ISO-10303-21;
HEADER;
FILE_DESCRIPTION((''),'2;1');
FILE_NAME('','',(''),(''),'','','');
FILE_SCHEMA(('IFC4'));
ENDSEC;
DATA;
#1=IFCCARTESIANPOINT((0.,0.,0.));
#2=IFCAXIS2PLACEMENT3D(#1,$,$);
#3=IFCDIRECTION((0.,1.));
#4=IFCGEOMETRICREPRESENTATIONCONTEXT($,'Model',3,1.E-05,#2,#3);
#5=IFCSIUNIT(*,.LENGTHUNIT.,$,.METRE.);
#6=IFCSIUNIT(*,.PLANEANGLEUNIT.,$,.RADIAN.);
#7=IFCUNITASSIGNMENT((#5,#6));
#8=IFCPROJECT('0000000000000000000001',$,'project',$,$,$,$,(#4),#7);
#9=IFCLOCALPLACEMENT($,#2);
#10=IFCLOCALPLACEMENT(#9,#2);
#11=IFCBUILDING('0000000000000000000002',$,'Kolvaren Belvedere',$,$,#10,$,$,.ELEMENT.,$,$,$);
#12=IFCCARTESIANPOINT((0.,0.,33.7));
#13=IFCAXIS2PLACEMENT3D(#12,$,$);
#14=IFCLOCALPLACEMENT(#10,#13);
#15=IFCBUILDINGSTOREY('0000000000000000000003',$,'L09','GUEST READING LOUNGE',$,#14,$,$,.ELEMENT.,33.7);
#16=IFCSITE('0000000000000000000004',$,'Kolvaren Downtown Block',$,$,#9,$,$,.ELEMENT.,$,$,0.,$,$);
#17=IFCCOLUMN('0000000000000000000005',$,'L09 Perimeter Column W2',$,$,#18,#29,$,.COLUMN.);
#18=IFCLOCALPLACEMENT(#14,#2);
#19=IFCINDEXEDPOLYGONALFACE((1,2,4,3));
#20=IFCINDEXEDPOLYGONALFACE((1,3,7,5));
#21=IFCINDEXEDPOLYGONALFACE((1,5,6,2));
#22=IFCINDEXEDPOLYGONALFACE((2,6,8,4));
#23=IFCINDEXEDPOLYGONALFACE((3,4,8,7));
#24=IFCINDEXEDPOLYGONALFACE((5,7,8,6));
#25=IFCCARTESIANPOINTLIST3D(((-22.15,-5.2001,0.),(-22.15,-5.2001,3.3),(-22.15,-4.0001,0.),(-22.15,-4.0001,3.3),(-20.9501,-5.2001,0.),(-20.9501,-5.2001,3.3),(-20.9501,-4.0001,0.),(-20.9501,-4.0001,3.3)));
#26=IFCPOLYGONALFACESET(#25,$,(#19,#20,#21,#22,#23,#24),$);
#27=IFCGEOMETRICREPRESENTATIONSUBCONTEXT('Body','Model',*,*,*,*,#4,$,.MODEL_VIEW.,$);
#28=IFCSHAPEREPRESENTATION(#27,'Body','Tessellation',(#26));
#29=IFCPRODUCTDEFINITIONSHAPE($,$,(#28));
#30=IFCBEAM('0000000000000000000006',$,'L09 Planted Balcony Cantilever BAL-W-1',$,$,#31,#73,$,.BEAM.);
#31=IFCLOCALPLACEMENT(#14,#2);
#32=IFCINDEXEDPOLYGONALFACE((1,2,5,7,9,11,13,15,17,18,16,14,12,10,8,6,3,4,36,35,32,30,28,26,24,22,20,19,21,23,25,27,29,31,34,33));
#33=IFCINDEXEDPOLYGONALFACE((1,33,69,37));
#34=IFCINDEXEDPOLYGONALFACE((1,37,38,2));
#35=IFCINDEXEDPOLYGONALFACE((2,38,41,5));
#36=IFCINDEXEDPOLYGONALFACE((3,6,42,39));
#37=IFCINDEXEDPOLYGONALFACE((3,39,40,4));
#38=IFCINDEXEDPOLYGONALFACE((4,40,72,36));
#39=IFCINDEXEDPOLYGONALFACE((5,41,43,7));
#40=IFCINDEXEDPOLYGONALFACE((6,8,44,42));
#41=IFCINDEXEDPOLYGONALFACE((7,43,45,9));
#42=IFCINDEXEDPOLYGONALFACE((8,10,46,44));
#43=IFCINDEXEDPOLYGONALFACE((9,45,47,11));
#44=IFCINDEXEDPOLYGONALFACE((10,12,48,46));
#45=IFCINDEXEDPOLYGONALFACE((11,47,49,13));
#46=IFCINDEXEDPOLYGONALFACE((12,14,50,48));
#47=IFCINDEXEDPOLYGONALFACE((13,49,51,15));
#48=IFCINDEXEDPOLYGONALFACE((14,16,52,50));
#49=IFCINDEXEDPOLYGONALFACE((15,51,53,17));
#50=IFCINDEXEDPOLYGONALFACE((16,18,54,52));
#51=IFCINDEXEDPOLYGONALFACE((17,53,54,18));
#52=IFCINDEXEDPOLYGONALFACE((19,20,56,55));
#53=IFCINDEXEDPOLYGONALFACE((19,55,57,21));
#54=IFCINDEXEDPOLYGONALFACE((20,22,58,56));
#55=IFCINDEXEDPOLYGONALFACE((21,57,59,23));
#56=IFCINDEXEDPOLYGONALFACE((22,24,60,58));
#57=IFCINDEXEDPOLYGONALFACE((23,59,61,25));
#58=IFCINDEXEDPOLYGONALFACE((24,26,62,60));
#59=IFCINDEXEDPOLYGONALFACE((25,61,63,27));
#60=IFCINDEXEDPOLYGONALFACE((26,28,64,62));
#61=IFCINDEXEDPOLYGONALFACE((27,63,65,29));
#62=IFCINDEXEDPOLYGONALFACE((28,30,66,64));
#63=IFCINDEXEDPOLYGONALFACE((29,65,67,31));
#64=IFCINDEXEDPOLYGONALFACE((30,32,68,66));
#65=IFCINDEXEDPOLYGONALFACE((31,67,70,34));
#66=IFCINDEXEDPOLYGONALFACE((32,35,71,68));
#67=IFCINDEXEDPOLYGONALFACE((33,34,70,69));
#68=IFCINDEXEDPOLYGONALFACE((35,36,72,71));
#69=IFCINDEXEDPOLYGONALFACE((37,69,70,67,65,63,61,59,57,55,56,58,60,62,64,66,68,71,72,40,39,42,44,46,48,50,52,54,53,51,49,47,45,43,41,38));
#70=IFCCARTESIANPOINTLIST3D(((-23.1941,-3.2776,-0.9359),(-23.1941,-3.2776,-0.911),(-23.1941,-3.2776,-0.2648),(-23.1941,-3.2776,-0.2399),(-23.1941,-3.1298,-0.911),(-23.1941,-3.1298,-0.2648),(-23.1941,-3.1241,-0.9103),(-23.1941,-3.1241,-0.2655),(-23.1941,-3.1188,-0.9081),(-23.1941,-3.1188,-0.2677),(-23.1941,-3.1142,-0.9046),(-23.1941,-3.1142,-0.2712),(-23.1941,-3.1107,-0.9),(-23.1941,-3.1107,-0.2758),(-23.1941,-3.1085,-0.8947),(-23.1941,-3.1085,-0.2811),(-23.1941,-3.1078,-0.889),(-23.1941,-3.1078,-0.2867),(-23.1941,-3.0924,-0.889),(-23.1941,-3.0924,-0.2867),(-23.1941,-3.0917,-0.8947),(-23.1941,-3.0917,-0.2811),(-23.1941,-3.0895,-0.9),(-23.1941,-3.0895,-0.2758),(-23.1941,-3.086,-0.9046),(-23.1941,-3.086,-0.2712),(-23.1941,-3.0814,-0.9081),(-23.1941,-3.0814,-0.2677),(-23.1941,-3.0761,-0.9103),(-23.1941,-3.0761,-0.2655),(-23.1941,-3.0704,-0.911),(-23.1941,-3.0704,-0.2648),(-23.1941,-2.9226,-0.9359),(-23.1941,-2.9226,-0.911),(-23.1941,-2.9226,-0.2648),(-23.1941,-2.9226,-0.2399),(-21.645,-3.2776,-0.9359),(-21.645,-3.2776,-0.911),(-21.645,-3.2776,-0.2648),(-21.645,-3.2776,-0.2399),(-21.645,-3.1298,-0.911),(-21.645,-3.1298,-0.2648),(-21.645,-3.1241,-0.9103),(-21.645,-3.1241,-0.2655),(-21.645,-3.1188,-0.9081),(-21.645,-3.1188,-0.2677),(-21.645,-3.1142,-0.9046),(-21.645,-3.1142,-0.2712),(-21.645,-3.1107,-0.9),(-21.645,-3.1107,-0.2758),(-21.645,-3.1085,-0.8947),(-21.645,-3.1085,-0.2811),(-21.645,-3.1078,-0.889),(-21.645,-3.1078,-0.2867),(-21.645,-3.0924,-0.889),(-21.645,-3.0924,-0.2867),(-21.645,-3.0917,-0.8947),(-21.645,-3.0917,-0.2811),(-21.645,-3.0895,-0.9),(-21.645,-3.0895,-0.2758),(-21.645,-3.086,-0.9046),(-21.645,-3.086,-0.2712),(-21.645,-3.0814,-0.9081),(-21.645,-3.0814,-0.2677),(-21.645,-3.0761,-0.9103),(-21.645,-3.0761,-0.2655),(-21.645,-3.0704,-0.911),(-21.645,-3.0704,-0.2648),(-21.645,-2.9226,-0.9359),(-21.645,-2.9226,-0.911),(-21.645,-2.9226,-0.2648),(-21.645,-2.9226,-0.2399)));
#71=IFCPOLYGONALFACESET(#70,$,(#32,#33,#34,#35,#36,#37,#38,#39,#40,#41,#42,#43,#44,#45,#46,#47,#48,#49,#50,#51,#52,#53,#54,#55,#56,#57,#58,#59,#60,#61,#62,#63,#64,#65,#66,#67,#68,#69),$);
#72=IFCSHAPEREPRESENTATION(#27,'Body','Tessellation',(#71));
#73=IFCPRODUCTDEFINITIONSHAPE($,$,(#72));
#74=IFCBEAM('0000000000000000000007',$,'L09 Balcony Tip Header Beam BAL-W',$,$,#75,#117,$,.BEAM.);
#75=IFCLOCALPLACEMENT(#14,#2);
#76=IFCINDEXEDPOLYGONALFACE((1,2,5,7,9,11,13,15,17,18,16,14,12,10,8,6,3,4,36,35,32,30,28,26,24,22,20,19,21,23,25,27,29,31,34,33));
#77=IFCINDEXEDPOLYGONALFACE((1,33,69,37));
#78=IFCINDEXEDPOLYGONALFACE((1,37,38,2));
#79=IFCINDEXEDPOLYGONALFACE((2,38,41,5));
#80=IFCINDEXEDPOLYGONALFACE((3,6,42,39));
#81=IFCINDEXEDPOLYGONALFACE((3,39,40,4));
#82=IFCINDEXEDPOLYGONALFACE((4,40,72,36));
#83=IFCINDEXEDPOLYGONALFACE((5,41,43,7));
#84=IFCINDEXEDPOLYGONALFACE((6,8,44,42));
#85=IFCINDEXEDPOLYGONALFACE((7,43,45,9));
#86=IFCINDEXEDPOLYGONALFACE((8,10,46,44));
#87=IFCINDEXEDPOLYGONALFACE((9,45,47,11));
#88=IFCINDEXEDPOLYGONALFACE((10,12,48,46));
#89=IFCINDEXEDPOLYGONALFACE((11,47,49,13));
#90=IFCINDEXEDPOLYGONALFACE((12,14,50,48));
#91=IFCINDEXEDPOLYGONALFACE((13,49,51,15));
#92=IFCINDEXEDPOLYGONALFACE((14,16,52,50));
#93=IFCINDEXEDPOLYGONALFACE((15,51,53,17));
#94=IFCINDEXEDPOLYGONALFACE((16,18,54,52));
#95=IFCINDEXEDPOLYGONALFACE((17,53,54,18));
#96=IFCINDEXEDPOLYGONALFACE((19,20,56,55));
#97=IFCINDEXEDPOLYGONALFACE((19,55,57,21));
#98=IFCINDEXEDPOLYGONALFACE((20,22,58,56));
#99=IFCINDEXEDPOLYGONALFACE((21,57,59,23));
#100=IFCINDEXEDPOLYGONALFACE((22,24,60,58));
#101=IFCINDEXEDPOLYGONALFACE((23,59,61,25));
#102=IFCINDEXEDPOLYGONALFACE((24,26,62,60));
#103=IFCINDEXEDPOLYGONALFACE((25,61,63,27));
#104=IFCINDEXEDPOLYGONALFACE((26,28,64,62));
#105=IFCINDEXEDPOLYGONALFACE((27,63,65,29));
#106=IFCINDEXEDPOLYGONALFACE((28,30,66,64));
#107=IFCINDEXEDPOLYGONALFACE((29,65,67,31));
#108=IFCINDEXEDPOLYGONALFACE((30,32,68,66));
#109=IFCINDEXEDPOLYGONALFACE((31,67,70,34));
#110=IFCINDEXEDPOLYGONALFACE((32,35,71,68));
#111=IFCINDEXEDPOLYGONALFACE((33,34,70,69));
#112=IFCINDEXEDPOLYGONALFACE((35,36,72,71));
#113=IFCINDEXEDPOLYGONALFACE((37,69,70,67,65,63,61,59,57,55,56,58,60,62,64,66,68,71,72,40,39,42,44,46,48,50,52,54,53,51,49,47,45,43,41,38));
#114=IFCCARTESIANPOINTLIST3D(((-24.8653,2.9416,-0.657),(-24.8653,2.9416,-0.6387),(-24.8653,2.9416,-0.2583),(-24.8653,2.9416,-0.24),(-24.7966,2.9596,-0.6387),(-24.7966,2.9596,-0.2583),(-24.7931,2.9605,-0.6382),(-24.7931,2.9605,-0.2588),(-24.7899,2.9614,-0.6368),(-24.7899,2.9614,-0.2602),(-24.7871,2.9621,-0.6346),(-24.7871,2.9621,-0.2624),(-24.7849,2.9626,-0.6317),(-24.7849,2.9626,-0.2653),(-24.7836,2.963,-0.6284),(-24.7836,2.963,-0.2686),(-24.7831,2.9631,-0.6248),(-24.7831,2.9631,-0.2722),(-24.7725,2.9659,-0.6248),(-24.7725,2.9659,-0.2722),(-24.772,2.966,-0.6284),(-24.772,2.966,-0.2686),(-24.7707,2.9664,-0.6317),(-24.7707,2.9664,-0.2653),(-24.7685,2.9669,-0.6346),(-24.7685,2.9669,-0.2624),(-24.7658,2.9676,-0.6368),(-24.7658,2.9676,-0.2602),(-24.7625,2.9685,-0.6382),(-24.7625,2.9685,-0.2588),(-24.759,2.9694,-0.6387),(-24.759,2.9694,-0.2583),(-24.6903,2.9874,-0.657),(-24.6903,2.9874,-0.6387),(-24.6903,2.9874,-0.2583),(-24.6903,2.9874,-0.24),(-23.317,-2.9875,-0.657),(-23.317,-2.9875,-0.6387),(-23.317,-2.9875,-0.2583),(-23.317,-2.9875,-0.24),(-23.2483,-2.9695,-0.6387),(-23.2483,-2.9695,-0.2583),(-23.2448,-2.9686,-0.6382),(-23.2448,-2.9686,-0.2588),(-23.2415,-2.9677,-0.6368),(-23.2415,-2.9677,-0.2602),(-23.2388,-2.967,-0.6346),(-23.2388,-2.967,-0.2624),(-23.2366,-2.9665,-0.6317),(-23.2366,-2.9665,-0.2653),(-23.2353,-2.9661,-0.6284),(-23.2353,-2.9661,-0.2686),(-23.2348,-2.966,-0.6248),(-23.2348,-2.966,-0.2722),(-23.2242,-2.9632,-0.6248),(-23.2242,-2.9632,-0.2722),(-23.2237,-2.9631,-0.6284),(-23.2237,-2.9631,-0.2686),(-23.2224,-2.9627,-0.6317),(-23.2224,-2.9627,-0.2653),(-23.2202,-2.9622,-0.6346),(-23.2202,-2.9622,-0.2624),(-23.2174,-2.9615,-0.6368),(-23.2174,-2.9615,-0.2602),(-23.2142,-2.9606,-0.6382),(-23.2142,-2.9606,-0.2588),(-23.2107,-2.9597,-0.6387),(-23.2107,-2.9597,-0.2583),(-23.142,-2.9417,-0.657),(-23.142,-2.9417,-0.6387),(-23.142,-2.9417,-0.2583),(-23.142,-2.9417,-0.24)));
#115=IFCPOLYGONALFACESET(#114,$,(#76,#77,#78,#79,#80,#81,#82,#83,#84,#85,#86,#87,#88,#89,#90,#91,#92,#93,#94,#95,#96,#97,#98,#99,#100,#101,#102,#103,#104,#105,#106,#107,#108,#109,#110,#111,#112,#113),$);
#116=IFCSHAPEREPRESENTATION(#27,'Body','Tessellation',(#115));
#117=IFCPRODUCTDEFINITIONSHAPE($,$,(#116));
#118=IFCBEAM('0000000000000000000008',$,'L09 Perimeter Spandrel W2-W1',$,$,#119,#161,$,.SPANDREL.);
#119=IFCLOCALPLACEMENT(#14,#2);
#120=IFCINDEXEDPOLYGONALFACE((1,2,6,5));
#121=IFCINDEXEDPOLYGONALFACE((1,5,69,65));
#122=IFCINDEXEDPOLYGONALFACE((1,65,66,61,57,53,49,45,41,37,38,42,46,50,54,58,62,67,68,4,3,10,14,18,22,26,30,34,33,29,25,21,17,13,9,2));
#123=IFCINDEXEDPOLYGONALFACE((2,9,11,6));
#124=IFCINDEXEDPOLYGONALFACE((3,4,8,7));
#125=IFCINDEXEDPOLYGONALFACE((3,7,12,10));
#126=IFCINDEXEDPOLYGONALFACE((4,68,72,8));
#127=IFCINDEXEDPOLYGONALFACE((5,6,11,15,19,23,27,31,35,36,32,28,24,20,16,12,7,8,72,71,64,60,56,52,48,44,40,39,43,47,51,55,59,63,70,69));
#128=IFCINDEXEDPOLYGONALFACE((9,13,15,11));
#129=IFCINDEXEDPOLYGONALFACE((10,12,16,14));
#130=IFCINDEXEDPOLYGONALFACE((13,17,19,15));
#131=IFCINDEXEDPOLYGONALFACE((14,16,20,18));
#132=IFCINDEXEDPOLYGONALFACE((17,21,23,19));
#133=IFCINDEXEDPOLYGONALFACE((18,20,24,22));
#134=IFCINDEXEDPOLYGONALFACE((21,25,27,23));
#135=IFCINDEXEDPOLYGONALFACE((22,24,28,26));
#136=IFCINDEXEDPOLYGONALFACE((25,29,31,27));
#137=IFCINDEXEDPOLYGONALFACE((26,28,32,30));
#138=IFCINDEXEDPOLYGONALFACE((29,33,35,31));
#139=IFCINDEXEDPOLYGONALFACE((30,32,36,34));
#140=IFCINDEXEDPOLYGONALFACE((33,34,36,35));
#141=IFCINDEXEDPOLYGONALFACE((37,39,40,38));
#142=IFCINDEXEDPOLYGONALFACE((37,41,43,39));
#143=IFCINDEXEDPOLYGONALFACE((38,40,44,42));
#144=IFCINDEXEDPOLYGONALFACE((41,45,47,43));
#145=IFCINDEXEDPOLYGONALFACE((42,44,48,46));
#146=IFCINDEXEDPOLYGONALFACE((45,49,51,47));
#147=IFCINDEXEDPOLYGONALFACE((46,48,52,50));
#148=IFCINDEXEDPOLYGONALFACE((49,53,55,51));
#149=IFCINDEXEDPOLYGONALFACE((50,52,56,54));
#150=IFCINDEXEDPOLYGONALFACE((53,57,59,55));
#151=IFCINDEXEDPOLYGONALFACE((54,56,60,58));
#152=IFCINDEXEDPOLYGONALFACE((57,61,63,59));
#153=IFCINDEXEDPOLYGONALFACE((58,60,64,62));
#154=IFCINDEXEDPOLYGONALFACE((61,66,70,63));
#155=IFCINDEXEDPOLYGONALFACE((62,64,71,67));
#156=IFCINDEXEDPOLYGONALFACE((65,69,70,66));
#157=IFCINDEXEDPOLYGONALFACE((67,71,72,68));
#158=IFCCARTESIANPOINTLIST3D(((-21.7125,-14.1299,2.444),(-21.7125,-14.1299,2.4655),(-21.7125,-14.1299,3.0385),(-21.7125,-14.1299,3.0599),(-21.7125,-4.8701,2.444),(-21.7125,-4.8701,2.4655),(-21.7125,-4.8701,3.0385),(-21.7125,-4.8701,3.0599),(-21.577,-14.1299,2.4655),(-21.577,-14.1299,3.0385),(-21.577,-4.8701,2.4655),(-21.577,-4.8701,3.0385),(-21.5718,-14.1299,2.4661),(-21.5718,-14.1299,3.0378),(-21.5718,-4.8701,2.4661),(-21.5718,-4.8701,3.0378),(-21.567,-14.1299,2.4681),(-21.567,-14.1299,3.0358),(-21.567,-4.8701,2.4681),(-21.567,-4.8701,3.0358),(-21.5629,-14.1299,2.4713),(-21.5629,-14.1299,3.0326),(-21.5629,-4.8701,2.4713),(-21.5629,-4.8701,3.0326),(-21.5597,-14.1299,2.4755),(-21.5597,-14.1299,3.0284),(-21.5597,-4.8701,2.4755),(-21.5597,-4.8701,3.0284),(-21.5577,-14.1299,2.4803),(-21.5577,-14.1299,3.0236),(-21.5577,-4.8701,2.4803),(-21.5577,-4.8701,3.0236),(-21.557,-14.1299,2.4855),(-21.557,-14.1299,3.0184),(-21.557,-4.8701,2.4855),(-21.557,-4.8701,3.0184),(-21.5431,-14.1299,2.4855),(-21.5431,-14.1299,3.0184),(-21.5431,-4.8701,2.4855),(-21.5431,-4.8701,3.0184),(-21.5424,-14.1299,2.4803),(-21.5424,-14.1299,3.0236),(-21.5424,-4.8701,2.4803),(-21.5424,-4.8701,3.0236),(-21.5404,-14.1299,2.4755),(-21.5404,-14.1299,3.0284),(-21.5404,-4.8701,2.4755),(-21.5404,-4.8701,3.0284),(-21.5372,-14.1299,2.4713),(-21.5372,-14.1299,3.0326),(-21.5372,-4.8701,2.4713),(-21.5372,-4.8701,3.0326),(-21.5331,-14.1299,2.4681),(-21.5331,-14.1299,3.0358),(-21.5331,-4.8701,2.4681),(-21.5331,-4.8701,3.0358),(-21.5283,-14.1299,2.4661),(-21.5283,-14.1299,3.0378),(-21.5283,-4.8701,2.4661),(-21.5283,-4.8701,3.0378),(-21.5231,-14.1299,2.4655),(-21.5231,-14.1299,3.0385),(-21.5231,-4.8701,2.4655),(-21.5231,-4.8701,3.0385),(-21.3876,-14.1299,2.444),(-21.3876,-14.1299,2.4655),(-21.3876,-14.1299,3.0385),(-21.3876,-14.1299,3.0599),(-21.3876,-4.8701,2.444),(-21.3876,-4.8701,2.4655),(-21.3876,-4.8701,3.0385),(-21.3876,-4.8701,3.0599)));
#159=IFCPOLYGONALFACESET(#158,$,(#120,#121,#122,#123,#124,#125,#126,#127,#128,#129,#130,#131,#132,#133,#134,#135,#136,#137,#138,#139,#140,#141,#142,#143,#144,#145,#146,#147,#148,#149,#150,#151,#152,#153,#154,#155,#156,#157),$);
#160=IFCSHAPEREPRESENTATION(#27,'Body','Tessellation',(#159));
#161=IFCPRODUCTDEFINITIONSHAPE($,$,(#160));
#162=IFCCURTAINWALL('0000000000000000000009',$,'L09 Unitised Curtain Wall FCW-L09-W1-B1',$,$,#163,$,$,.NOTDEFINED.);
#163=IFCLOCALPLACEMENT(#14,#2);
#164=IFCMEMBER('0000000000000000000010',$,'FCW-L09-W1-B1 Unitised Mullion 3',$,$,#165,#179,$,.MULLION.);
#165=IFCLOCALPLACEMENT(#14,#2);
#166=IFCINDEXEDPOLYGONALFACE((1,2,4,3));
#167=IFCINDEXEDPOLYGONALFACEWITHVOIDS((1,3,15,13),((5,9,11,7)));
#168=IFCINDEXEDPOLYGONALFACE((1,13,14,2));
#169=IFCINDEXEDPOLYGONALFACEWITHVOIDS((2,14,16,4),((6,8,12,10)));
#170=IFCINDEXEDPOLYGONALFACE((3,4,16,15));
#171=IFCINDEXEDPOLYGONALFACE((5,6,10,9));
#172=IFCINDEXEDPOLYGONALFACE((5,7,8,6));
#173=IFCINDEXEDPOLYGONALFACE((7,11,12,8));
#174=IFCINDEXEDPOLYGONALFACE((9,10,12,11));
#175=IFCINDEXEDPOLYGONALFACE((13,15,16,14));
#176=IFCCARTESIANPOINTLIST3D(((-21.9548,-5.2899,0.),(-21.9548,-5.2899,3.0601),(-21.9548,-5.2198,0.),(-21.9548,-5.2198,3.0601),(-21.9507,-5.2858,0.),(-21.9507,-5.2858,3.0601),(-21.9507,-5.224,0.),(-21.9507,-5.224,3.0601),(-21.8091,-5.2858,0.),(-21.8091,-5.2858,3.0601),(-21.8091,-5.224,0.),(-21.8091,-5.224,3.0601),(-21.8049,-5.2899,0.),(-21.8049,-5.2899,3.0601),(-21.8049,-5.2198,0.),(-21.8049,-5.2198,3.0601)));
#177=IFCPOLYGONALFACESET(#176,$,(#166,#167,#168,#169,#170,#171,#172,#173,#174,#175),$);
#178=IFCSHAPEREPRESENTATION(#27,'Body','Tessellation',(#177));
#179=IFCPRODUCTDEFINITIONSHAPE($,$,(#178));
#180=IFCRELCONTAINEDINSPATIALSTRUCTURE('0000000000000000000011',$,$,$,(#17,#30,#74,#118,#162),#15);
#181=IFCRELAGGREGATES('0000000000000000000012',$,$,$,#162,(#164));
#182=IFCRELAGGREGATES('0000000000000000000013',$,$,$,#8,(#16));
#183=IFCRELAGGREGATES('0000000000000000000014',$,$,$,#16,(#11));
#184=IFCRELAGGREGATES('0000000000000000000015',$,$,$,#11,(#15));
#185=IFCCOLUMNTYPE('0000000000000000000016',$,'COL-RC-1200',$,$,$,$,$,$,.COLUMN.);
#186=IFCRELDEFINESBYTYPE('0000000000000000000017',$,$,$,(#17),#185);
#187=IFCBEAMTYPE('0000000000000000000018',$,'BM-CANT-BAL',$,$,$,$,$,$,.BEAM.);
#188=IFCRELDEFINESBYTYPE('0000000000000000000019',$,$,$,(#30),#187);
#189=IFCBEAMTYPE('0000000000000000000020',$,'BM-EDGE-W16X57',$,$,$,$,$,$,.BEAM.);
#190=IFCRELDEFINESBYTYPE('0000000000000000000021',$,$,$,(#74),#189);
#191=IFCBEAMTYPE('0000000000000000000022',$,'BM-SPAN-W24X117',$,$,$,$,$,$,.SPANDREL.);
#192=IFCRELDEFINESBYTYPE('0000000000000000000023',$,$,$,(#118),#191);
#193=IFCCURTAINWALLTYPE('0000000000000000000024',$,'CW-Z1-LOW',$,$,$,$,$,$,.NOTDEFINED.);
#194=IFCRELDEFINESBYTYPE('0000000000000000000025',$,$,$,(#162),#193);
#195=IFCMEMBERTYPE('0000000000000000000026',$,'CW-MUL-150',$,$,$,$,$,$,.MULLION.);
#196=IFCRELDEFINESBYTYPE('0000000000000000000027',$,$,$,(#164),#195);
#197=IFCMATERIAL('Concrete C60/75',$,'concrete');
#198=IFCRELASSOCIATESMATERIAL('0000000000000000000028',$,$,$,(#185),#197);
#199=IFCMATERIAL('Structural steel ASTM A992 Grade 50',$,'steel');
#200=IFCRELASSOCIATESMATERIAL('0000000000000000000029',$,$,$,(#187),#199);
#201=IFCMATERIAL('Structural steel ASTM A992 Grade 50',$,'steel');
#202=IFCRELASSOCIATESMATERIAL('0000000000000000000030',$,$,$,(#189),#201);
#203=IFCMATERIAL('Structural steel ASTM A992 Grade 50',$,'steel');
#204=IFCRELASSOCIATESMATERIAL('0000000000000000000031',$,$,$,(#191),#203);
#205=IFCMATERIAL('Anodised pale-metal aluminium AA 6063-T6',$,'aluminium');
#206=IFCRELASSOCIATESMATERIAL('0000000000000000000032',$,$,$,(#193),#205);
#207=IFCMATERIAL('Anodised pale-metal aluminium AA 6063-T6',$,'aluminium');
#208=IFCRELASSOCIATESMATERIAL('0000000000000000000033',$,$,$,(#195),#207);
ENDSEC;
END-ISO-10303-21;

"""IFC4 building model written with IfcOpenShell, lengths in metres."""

from ifc_helpers import new_model, si_unit, direction, frame, origin, origin_2d, place, context, subcontext, project, spatial, rectangle, hollow_rectangle, i_section, extrude, material, material_profile, profile_set, type_object, element, aggregate, save


model = new_model("IFC4")

# Units and contexts
model_context = context("Model", 3, precision=1e-05, world=origin(), true_north=direction((0.0, 1.0)))
body_context = subcontext(model_context, "Body", "Model", "MODEL_VIEW")
ifc_project = project(units=[si_unit("LENGTHUNIT", "METRE"), si_unit("PLANEANGLEUNIT", "RADIAN")], contexts=[model_context])

# Site, building, storey
site_placement = place(None, origin())
site = spatial("IfcSite", under=ifc_project, at=site_placement, Name="Kolvaren Downtown Block", CompositionType="ELEMENT", RefElevation=0.0)
building_placement = place(site_placement, origin())
building = spatial("IfcBuilding", under=site, at=building_placement, Name="Kolvaren Belvedere", CompositionType="ELEMENT")
storey_placement = place(building_placement, frame((0.0, 0.0, 33.7)))
storey = spatial("IfcBuildingStorey", under=building, at=storey_placement, Name="L09", Description="GUEST READING LOUNGE", CompositionType="ELEMENT", Elevation=33.7)

# Column
ifc_material_1 = material(Name="Concrete C60/75", Category="concrete")
ifc_material_profile_1 = material_profile(ifc_material_1, rectangle(XDim=1.2, YDim=1.2, at=origin_2d()), Name="RC 1200X1200")
ifc_profile_set_1 = profile_set([ifc_material_profile_1], Name="Concrete C60/75")
column_type = type_object("IfcColumnType", Name="COL-RC-1200", PredefinedType="COLUMN", material=ifc_profile_set_1)
column_placement = place(storey_placement, frame((-21.55, -4.6001, 0.0), z_axis=(0.0, 0.0, 1.0), x_axis=(1.0, 0.0, 0.0)))
element("IfcColumn", 1, at=column_placement, inside=storey, type_object=column_type, Name="L09 Perimeter Column W2", PredefinedType="COLUMN", context=body_context, shape_type="SweptSolid", body=[
    extrude(rectangle(XDim=1.2, YDim=1.2, at=origin_2d()), origin(), (0.0, 0.0, 1.0), 3.3),
])

# Beams
ifc_material_2 = material(Name="Structural steel ASTM A992 Grade 50", Category="steel")
ifc_material_profile_2 = material_profile(ifc_material_2, i_section(OverallWidth=0.355, OverallDepth=0.696, WebThickness=0.0154, FlangeThickness=0.0249, FilletRadius=0.022, at=origin_2d()), Name="W27X146")
ifc_profile_set_2 = profile_set([ifc_material_profile_2], Name="Structural steel ASTM A992 Grade 50")
beam_type_1 = type_object("IfcBeamType", Name="BM-CANT-BAL", PredefinedType="BEAM", material=ifc_profile_set_2)
beam_1_placement = place(storey_placement, frame((-21.645, -3.1001, -0.5879), z_axis=(-1.0, 0.0, 0.0), x_axis=(0.0, -1.0, 0.0)))
element("IfcBeam", 2, at=beam_1_placement, inside=storey, type_object=beam_type_1, Name="L09 Planted Balcony Cantilever BAL-W-1", PredefinedType="BEAM", context=body_context, shape_type="SweptSolid", body=[
    extrude(i_section(OverallWidth=0.355, OverallDepth=0.696, WebThickness=0.0154, FlangeThickness=0.0249, FilletRadius=0.022, at=origin_2d()), origin(), (0.0, 0.0, 1.0), 1.5491),
])
ifc_material_3 = material(Name="Structural steel ASTM A992 Grade 50", Category="steel")
ifc_material_profile_3 = material_profile(ifc_material_3, i_section(OverallWidth=0.1809, OverallDepth=0.417, WebThickness=0.011, FlangeThickness=0.0183, FilletRadius=0.0139, at=origin_2d()), Name="W16X57")
ifc_profile_set_3 = profile_set([ifc_material_profile_3], Name="Structural steel ASTM A992 Grade 50")
beam_type_2 = type_object("IfcBeamType", Name="BM-EDGE-W16X57", PredefinedType="BEAM", material=ifc_profile_set_3)
beam_2_placement = place(storey_placement, frame((-23.2295, -2.9646, -0.4485), z_axis=(-0.252665, 0.967554, 0.0), x_axis=(-0.967554, -0.252665, 0.0)))
element("IfcBeam", 3, at=beam_2_placement, inside=storey, type_object=beam_type_2, Name="L09 Balcony Tip Header Beam BAL-W", PredefinedType="BEAM", context=body_context, shape_type="SweptSolid", body=[
    extrude(i_section(OverallWidth=0.1809, OverallDepth=0.417, WebThickness=0.011, FlangeThickness=0.0183, FilletRadius=0.0139, at=origin_2d()), origin(), (0.0, 0.0, 1.0), 6.1279),
])
ifc_material_4 = material(Name="Structural steel ASTM A992 Grade 50", Category="steel")
ifc_material_profile_4 = material_profile(ifc_material_4, i_section(OverallWidth=0.325, OverallDepth=0.616, WebThickness=0.0139, FlangeThickness=0.0215, FilletRadius=0.02, at=origin_2d()), Name="W24X117")
ifc_profile_set_4 = profile_set([ifc_material_profile_4], Name="Structural steel ASTM A992 Grade 50")
beam_type_3 = type_object("IfcBeamType", Name="BM-SPAN-W24X117", PredefinedType="SPANDREL", material=ifc_profile_set_4)
beam_3_placement = place(storey_placement, frame((-21.55, -4.8701, 2.752), z_axis=(0.0, -1.0, 0.0), x_axis=(1.0, 0.0, 0.0)))
element("IfcBeam", 4, at=beam_3_placement, inside=storey, type_object=beam_type_3, Name="L09 Perimeter Spandrel W2-W1", PredefinedType="SPANDREL", context=body_context, shape_type="SweptSolid", body=[
    extrude(i_section(OverallWidth=0.325, OverallDepth=0.616, WebThickness=0.0139, FlangeThickness=0.0215, FilletRadius=0.02, at=origin_2d()), origin(), (0.0, 0.0, 1.0), 9.2598),
])

# Curtain wall, member
ifc_material_5 = material(Name="Anodised pale-metal aluminium AA 6063-T6", Category="aluminium")
curtain_wall_type = type_object("IfcCurtainWallType", Name="CW-Z1-LOW", PredefinedType="NOTDEFINED", material=ifc_material_5)
curtain_wall_1_placement = place(storey_placement, origin())
curtain_wall_1 = element("IfcCurtainWall", 5, at=curtain_wall_1_placement, inside=storey, type_object=curtain_wall_type, Name="L09 Unitised Curtain Wall FCW-L09-W1-B1", PredefinedType="NOTDEFINED")
ifc_material_6 = material(Name="Anodised pale-metal aluminium AA 6063-T6", Category="aluminium")
ifc_material_profile_5 = material_profile(ifc_material_6, hollow_rectangle(XDim=0.0701, YDim=0.1499, WallThickness=0.0042, at=origin_2d()), Name="ALU-MUL-150X70")
ifc_profile_set_5 = profile_set([ifc_material_profile_5], Name="Anodised pale-metal aluminium AA 6063-T6")
member_type_1 = type_object("IfcMemberType", Name="CW-MUL-150", PredefinedType="MULLION", material=ifc_profile_set_5)
member_1_placement = place(storey_placement, frame((-21.8799, -5.2549, 0.0), z_axis=(0.0, 0.0, 1.0), x_axis=(0.0, 1.0, 0.0)))
member_1 = element("IfcMember", 6, at=member_1_placement, type_object=member_type_1, Name="FCW-L09-W1-B1 Unitised Mullion 3", PredefinedType="MULLION", context=body_context, shape_type="SweptSolid", body=[
    extrude(hollow_rectangle(XDim=0.0701, YDim=0.1499, WallThickness=0.0042, at=origin_2d()), origin(), (0.0, 0.0, 1.0), 3.0601),
])

aggregate(curtain_wall_1, [member_1])

save(model, "model.ifc")
